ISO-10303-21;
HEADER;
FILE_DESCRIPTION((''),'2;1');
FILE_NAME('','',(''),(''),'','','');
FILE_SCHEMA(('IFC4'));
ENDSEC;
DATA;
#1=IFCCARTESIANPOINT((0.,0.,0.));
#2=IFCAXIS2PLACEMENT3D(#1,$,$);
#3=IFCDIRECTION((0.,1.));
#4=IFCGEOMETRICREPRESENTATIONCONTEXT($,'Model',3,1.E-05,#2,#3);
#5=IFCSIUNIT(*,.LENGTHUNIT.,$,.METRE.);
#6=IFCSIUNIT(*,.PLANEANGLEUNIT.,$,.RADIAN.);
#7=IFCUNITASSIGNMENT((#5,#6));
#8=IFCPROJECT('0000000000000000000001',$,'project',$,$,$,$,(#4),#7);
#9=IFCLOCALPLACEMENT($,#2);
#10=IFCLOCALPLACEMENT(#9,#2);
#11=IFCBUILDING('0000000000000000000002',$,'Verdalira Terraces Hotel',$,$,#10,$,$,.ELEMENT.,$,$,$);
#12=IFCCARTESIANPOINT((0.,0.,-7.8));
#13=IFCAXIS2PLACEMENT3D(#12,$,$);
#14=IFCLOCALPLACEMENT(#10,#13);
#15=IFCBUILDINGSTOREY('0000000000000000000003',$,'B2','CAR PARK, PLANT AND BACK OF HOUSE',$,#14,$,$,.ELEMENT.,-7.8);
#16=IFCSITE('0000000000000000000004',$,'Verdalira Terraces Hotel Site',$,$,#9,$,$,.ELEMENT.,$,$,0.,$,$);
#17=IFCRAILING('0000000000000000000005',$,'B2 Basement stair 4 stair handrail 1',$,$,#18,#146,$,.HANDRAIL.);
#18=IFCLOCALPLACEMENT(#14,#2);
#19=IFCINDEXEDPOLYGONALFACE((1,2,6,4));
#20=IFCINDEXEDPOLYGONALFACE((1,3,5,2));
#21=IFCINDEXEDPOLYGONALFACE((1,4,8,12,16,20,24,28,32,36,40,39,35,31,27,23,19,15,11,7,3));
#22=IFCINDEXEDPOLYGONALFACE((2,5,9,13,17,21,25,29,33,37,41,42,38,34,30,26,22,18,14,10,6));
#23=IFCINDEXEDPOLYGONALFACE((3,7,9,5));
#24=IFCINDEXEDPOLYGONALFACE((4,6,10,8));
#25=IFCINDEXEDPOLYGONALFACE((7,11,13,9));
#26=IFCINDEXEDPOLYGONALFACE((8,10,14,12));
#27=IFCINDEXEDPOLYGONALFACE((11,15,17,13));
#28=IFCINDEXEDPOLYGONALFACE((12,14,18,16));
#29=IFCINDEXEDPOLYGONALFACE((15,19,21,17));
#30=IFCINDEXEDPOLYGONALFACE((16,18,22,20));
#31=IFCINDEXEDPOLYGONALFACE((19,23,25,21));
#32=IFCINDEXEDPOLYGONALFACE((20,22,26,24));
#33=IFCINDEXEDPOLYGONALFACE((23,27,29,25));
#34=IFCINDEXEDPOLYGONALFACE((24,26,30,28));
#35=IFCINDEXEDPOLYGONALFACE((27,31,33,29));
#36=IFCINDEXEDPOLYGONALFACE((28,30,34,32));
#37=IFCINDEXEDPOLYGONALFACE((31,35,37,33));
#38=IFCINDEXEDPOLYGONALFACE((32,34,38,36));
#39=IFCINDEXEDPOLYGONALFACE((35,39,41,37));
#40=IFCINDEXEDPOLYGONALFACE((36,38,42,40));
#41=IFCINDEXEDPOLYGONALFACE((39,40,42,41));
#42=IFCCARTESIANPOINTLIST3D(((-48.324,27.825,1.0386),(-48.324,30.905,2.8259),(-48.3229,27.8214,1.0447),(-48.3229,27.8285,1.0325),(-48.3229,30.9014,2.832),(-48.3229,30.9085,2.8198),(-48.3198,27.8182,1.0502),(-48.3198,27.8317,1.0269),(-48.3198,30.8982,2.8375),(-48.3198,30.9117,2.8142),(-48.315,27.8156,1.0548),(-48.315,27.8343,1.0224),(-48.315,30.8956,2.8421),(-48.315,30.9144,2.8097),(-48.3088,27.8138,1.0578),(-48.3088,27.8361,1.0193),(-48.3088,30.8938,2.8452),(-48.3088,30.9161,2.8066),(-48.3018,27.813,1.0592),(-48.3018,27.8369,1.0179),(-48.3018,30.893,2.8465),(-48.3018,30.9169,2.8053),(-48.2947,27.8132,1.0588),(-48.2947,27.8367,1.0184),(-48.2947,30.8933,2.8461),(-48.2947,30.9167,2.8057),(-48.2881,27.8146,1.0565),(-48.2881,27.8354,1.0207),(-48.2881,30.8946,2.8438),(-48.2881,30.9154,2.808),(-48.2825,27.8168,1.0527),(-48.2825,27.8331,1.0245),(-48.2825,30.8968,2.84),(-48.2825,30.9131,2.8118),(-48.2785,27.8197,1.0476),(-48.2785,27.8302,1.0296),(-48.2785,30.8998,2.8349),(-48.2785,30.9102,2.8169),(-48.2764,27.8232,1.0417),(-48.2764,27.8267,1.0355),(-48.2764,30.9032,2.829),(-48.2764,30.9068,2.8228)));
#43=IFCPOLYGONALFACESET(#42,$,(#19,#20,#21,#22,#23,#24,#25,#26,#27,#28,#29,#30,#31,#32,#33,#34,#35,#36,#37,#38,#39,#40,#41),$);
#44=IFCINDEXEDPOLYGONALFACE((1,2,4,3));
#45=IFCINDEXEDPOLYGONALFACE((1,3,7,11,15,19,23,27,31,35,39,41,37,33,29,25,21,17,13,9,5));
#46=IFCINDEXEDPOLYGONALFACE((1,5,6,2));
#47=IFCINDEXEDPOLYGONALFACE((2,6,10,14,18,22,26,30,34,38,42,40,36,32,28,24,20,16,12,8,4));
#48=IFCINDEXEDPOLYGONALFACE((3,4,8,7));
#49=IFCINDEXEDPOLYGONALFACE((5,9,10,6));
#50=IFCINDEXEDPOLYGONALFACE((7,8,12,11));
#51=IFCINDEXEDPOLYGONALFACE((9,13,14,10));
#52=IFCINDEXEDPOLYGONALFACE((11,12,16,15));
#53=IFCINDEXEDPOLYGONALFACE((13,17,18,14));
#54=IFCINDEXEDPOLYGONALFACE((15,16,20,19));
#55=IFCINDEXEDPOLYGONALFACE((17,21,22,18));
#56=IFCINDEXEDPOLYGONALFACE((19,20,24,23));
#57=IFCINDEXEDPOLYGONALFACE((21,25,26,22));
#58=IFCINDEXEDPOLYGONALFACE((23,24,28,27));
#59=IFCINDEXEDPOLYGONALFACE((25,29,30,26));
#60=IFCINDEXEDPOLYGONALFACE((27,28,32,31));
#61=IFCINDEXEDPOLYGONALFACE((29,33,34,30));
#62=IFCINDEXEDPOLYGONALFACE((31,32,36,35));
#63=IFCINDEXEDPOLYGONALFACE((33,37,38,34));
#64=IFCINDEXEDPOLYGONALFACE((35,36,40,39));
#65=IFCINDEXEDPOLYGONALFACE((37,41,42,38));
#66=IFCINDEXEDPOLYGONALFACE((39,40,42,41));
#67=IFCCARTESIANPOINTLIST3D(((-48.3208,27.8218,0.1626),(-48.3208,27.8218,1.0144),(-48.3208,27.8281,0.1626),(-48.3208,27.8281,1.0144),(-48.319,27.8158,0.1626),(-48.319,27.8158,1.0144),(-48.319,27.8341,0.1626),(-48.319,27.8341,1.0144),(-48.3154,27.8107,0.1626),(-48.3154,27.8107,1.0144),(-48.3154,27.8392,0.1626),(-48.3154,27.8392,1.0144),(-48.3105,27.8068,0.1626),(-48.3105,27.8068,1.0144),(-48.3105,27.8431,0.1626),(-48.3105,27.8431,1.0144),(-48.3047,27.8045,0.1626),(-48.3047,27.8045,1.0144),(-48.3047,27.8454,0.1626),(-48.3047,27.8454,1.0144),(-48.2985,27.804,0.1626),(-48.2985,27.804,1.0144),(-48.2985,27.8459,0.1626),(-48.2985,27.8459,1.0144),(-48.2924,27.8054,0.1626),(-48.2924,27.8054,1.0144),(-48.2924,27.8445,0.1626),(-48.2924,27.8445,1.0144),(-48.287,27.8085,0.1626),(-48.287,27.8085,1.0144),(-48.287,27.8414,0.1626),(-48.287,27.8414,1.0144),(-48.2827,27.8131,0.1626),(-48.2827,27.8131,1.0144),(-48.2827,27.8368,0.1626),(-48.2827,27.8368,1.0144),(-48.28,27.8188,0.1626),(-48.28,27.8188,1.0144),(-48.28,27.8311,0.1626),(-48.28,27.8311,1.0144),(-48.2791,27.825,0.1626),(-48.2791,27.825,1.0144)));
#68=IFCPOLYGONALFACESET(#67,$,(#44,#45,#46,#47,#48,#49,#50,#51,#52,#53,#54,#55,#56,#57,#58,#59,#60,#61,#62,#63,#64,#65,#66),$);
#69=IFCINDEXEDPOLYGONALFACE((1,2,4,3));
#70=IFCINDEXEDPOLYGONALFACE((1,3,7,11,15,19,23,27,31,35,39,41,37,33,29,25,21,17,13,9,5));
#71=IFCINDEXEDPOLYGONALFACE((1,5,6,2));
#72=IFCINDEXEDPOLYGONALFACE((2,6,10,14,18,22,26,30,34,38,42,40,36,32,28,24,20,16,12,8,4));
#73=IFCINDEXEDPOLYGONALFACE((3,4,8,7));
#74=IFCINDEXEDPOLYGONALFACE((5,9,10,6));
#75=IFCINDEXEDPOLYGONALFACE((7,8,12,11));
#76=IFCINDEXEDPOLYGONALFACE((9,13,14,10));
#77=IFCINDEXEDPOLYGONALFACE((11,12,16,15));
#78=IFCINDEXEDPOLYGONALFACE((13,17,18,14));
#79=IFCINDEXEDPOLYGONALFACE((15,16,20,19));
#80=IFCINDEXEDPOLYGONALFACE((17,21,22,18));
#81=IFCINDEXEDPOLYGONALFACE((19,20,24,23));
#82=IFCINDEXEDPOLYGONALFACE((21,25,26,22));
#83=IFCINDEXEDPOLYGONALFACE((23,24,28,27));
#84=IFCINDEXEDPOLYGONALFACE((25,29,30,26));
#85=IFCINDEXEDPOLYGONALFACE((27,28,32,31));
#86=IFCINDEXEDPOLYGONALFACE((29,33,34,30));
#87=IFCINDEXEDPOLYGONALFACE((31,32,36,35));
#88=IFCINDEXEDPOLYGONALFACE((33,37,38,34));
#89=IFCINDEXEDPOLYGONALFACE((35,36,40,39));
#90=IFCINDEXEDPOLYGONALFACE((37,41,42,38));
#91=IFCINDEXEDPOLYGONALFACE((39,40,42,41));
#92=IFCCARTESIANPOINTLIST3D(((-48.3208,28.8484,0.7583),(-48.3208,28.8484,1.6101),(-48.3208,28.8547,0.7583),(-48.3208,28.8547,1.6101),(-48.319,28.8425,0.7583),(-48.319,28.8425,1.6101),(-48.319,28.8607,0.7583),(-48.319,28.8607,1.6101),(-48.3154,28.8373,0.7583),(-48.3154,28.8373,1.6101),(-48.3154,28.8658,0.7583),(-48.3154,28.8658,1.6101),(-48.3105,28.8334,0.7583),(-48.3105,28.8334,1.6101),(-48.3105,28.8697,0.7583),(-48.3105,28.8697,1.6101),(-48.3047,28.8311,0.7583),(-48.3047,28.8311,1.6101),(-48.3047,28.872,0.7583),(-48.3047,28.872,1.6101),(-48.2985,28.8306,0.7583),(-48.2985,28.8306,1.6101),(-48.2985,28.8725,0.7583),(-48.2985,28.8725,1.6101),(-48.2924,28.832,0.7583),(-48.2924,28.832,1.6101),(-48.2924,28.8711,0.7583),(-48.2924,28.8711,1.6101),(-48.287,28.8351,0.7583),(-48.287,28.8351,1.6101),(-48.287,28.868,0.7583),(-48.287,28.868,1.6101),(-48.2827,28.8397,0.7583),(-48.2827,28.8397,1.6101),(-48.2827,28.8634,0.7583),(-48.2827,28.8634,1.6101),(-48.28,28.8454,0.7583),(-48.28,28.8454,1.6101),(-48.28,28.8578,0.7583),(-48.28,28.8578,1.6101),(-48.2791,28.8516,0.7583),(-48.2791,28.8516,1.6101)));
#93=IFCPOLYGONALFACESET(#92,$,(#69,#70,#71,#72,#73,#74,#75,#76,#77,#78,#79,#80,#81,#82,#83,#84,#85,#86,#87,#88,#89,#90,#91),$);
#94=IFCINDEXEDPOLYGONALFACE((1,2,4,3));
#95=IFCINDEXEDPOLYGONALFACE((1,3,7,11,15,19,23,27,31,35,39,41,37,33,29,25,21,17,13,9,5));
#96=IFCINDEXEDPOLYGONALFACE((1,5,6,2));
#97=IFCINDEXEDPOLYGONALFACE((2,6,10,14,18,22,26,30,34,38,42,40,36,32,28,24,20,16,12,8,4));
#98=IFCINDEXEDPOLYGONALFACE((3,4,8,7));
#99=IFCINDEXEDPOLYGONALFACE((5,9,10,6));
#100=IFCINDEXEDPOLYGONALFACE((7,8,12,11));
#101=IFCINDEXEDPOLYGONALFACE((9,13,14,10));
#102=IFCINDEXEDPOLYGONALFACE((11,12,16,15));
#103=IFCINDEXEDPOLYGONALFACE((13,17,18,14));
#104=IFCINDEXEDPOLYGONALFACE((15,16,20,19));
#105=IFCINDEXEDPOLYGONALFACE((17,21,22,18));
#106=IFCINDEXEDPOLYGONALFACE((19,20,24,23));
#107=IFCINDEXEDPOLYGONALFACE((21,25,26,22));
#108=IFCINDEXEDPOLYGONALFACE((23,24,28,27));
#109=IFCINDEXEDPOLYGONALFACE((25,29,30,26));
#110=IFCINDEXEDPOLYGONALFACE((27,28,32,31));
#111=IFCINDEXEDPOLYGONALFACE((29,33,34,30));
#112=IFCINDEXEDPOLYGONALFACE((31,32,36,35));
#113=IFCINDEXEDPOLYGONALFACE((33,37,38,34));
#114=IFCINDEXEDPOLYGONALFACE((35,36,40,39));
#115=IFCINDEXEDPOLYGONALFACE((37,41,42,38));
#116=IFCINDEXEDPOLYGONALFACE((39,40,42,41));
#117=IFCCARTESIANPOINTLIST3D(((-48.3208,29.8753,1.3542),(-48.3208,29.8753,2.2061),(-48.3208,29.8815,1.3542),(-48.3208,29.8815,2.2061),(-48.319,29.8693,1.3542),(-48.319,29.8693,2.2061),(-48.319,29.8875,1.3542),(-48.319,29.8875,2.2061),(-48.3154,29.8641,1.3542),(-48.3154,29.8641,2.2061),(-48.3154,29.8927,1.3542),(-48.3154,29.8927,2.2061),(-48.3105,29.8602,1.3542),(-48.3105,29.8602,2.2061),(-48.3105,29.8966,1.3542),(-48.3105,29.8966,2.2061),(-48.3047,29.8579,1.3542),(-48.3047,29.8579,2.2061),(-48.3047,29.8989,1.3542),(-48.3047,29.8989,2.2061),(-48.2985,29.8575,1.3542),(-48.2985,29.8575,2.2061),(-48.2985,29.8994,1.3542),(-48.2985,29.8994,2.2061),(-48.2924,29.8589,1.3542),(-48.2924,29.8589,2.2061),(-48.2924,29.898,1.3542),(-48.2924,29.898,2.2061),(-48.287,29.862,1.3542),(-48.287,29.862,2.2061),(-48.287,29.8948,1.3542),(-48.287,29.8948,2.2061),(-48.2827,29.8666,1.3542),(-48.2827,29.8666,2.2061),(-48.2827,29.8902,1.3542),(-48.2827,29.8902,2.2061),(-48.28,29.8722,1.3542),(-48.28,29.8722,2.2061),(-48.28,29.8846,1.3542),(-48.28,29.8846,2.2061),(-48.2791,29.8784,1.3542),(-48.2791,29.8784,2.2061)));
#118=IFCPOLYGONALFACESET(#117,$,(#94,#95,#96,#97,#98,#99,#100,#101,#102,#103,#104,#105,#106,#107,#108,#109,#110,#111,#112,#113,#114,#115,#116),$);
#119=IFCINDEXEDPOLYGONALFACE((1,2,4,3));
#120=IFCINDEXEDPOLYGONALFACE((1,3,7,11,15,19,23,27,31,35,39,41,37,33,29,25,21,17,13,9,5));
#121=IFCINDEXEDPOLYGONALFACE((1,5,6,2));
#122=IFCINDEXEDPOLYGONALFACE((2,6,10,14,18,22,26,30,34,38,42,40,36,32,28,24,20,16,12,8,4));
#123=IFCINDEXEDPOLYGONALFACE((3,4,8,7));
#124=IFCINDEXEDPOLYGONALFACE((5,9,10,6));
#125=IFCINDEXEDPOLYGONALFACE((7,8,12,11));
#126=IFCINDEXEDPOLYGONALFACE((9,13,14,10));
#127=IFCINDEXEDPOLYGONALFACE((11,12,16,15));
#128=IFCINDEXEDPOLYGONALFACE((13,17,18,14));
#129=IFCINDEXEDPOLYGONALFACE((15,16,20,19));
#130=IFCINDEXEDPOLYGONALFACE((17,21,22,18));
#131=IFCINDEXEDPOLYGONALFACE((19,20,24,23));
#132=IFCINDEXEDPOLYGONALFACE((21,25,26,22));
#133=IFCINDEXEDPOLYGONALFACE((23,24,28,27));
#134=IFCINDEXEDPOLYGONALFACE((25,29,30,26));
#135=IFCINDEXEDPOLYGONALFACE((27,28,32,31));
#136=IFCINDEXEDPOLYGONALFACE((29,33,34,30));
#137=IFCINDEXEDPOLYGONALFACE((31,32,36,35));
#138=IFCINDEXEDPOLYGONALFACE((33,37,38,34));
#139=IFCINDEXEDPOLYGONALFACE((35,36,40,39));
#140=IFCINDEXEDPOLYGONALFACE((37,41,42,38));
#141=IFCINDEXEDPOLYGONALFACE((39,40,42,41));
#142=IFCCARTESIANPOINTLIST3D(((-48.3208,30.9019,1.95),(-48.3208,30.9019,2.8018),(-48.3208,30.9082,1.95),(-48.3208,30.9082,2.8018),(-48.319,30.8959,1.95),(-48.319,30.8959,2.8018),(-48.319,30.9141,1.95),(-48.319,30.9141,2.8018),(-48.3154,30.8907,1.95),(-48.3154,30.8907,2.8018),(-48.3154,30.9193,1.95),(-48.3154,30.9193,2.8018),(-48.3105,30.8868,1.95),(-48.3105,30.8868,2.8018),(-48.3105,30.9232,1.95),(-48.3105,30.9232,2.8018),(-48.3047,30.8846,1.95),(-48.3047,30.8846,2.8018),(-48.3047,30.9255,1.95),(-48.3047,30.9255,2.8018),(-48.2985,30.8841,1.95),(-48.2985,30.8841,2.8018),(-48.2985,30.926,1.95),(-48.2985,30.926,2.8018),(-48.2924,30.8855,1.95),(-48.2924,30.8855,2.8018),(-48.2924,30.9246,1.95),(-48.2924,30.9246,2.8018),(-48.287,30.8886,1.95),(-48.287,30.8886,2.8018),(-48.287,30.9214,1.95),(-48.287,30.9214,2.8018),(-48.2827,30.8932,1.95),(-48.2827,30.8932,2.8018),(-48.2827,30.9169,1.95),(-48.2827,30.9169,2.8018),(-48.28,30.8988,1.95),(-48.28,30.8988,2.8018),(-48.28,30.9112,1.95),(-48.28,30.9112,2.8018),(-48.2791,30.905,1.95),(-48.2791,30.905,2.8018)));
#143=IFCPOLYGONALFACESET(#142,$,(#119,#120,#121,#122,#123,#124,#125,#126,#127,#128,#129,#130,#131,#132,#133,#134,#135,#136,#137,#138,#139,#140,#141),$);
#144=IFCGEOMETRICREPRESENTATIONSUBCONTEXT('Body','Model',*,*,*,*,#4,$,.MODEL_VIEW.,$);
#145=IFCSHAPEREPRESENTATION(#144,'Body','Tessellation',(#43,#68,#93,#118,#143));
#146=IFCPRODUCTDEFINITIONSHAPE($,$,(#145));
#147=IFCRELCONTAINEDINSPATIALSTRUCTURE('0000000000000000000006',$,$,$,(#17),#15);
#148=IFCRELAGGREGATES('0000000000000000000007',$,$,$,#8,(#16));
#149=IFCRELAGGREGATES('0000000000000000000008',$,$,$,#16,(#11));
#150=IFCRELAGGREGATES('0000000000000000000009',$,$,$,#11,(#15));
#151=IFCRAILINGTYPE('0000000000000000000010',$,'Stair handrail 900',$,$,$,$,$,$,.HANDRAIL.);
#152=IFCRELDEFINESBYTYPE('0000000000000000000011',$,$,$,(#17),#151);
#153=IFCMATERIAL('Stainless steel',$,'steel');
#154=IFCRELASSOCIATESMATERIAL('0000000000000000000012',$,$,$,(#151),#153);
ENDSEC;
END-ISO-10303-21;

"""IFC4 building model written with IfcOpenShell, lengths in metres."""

from ifc_helpers import new_model, si_unit, direction, frame, origin, origin_2d, place, context, subcontext, project, spatial, circle, extrude, material, type_object, element, save


model = new_model("IFC4")

# Units and contexts
model_context = context("Model", 3, precision=1e-05, world=origin(), true_north=direction((0.0, 1.0)))
body_context = subcontext(model_context, "Body", "Model", "MODEL_VIEW")
ifc_project = project(units=[si_unit("LENGTHUNIT", "METRE"), si_unit("PLANEANGLEUNIT", "RADIAN")], contexts=[model_context])

# Site, building, storey
site_placement = place(None, origin())
site = spatial("IfcSite", under=ifc_project, at=site_placement, Name="Verdalira Terraces Hotel Site", CompositionType="ELEMENT", RefElevation=0.0)
building_placement = place(site_placement, origin())
building = spatial("IfcBuilding", under=site, at=building_placement, Name="Verdalira Terraces Hotel", CompositionType="ELEMENT")
storey_placement = place(building_placement, frame((0.0, 0.0, -7.8)))
storey = spatial("IfcBuildingStorey", under=building, at=storey_placement, Name="B2", Description="CAR PARK, PLANT AND BACK OF HOUSE", CompositionType="ELEMENT", Elevation=-7.8)

# Railing
ifc_material_1 = material(Name="Stainless steel", Category="steel")
railing_type_1 = type_object("IfcRailingType", Name="Stair handrail 900", PredefinedType="HANDRAIL", material=ifc_material_1)
railing_1_placement = place(storey_placement, frame((-48.3, 27.825, 0.1626)))
element("IfcRailing", 1, at=railing_1_placement, inside=storey, type_object=railing_type_1, Name="B2 Basement stair 4 stair handrail 1", PredefinedType="HANDRAIL", context=body_context, shape_type="SweptSolid", body=[
    extrude(circle(Radius=0.0239, at=origin_2d()), frame((0.0, 0.0, 0.876), z_axis=(0.0, 0.86492, 0.501909), x_axis=(-1.0, 0.0, 0.0)), (0.0, 0.0, 1.0), 3.561),
    extrude(circle(Radius=0.021, at=origin_2d()), origin(), (0.0, 0.0, 1.0), 0.8518),
    extrude(circle(Radius=0.021, at=origin_2d()), frame((0.0, 1.0266, 0.5957)), (0.0, 0.0, 1.0), 0.8518),
    extrude(circle(Radius=0.021, at=origin_2d()), frame((0.0, 2.0535, 1.1917)), (0.0, 0.0, 1.0), 0.8518),
    extrude(circle(Radius=0.021, at=origin_2d()), frame((0.0, 3.0801, 1.7874)), (0.0, 0.0, 1.0), 0.8518),
])

save(model, "model.ifc")
